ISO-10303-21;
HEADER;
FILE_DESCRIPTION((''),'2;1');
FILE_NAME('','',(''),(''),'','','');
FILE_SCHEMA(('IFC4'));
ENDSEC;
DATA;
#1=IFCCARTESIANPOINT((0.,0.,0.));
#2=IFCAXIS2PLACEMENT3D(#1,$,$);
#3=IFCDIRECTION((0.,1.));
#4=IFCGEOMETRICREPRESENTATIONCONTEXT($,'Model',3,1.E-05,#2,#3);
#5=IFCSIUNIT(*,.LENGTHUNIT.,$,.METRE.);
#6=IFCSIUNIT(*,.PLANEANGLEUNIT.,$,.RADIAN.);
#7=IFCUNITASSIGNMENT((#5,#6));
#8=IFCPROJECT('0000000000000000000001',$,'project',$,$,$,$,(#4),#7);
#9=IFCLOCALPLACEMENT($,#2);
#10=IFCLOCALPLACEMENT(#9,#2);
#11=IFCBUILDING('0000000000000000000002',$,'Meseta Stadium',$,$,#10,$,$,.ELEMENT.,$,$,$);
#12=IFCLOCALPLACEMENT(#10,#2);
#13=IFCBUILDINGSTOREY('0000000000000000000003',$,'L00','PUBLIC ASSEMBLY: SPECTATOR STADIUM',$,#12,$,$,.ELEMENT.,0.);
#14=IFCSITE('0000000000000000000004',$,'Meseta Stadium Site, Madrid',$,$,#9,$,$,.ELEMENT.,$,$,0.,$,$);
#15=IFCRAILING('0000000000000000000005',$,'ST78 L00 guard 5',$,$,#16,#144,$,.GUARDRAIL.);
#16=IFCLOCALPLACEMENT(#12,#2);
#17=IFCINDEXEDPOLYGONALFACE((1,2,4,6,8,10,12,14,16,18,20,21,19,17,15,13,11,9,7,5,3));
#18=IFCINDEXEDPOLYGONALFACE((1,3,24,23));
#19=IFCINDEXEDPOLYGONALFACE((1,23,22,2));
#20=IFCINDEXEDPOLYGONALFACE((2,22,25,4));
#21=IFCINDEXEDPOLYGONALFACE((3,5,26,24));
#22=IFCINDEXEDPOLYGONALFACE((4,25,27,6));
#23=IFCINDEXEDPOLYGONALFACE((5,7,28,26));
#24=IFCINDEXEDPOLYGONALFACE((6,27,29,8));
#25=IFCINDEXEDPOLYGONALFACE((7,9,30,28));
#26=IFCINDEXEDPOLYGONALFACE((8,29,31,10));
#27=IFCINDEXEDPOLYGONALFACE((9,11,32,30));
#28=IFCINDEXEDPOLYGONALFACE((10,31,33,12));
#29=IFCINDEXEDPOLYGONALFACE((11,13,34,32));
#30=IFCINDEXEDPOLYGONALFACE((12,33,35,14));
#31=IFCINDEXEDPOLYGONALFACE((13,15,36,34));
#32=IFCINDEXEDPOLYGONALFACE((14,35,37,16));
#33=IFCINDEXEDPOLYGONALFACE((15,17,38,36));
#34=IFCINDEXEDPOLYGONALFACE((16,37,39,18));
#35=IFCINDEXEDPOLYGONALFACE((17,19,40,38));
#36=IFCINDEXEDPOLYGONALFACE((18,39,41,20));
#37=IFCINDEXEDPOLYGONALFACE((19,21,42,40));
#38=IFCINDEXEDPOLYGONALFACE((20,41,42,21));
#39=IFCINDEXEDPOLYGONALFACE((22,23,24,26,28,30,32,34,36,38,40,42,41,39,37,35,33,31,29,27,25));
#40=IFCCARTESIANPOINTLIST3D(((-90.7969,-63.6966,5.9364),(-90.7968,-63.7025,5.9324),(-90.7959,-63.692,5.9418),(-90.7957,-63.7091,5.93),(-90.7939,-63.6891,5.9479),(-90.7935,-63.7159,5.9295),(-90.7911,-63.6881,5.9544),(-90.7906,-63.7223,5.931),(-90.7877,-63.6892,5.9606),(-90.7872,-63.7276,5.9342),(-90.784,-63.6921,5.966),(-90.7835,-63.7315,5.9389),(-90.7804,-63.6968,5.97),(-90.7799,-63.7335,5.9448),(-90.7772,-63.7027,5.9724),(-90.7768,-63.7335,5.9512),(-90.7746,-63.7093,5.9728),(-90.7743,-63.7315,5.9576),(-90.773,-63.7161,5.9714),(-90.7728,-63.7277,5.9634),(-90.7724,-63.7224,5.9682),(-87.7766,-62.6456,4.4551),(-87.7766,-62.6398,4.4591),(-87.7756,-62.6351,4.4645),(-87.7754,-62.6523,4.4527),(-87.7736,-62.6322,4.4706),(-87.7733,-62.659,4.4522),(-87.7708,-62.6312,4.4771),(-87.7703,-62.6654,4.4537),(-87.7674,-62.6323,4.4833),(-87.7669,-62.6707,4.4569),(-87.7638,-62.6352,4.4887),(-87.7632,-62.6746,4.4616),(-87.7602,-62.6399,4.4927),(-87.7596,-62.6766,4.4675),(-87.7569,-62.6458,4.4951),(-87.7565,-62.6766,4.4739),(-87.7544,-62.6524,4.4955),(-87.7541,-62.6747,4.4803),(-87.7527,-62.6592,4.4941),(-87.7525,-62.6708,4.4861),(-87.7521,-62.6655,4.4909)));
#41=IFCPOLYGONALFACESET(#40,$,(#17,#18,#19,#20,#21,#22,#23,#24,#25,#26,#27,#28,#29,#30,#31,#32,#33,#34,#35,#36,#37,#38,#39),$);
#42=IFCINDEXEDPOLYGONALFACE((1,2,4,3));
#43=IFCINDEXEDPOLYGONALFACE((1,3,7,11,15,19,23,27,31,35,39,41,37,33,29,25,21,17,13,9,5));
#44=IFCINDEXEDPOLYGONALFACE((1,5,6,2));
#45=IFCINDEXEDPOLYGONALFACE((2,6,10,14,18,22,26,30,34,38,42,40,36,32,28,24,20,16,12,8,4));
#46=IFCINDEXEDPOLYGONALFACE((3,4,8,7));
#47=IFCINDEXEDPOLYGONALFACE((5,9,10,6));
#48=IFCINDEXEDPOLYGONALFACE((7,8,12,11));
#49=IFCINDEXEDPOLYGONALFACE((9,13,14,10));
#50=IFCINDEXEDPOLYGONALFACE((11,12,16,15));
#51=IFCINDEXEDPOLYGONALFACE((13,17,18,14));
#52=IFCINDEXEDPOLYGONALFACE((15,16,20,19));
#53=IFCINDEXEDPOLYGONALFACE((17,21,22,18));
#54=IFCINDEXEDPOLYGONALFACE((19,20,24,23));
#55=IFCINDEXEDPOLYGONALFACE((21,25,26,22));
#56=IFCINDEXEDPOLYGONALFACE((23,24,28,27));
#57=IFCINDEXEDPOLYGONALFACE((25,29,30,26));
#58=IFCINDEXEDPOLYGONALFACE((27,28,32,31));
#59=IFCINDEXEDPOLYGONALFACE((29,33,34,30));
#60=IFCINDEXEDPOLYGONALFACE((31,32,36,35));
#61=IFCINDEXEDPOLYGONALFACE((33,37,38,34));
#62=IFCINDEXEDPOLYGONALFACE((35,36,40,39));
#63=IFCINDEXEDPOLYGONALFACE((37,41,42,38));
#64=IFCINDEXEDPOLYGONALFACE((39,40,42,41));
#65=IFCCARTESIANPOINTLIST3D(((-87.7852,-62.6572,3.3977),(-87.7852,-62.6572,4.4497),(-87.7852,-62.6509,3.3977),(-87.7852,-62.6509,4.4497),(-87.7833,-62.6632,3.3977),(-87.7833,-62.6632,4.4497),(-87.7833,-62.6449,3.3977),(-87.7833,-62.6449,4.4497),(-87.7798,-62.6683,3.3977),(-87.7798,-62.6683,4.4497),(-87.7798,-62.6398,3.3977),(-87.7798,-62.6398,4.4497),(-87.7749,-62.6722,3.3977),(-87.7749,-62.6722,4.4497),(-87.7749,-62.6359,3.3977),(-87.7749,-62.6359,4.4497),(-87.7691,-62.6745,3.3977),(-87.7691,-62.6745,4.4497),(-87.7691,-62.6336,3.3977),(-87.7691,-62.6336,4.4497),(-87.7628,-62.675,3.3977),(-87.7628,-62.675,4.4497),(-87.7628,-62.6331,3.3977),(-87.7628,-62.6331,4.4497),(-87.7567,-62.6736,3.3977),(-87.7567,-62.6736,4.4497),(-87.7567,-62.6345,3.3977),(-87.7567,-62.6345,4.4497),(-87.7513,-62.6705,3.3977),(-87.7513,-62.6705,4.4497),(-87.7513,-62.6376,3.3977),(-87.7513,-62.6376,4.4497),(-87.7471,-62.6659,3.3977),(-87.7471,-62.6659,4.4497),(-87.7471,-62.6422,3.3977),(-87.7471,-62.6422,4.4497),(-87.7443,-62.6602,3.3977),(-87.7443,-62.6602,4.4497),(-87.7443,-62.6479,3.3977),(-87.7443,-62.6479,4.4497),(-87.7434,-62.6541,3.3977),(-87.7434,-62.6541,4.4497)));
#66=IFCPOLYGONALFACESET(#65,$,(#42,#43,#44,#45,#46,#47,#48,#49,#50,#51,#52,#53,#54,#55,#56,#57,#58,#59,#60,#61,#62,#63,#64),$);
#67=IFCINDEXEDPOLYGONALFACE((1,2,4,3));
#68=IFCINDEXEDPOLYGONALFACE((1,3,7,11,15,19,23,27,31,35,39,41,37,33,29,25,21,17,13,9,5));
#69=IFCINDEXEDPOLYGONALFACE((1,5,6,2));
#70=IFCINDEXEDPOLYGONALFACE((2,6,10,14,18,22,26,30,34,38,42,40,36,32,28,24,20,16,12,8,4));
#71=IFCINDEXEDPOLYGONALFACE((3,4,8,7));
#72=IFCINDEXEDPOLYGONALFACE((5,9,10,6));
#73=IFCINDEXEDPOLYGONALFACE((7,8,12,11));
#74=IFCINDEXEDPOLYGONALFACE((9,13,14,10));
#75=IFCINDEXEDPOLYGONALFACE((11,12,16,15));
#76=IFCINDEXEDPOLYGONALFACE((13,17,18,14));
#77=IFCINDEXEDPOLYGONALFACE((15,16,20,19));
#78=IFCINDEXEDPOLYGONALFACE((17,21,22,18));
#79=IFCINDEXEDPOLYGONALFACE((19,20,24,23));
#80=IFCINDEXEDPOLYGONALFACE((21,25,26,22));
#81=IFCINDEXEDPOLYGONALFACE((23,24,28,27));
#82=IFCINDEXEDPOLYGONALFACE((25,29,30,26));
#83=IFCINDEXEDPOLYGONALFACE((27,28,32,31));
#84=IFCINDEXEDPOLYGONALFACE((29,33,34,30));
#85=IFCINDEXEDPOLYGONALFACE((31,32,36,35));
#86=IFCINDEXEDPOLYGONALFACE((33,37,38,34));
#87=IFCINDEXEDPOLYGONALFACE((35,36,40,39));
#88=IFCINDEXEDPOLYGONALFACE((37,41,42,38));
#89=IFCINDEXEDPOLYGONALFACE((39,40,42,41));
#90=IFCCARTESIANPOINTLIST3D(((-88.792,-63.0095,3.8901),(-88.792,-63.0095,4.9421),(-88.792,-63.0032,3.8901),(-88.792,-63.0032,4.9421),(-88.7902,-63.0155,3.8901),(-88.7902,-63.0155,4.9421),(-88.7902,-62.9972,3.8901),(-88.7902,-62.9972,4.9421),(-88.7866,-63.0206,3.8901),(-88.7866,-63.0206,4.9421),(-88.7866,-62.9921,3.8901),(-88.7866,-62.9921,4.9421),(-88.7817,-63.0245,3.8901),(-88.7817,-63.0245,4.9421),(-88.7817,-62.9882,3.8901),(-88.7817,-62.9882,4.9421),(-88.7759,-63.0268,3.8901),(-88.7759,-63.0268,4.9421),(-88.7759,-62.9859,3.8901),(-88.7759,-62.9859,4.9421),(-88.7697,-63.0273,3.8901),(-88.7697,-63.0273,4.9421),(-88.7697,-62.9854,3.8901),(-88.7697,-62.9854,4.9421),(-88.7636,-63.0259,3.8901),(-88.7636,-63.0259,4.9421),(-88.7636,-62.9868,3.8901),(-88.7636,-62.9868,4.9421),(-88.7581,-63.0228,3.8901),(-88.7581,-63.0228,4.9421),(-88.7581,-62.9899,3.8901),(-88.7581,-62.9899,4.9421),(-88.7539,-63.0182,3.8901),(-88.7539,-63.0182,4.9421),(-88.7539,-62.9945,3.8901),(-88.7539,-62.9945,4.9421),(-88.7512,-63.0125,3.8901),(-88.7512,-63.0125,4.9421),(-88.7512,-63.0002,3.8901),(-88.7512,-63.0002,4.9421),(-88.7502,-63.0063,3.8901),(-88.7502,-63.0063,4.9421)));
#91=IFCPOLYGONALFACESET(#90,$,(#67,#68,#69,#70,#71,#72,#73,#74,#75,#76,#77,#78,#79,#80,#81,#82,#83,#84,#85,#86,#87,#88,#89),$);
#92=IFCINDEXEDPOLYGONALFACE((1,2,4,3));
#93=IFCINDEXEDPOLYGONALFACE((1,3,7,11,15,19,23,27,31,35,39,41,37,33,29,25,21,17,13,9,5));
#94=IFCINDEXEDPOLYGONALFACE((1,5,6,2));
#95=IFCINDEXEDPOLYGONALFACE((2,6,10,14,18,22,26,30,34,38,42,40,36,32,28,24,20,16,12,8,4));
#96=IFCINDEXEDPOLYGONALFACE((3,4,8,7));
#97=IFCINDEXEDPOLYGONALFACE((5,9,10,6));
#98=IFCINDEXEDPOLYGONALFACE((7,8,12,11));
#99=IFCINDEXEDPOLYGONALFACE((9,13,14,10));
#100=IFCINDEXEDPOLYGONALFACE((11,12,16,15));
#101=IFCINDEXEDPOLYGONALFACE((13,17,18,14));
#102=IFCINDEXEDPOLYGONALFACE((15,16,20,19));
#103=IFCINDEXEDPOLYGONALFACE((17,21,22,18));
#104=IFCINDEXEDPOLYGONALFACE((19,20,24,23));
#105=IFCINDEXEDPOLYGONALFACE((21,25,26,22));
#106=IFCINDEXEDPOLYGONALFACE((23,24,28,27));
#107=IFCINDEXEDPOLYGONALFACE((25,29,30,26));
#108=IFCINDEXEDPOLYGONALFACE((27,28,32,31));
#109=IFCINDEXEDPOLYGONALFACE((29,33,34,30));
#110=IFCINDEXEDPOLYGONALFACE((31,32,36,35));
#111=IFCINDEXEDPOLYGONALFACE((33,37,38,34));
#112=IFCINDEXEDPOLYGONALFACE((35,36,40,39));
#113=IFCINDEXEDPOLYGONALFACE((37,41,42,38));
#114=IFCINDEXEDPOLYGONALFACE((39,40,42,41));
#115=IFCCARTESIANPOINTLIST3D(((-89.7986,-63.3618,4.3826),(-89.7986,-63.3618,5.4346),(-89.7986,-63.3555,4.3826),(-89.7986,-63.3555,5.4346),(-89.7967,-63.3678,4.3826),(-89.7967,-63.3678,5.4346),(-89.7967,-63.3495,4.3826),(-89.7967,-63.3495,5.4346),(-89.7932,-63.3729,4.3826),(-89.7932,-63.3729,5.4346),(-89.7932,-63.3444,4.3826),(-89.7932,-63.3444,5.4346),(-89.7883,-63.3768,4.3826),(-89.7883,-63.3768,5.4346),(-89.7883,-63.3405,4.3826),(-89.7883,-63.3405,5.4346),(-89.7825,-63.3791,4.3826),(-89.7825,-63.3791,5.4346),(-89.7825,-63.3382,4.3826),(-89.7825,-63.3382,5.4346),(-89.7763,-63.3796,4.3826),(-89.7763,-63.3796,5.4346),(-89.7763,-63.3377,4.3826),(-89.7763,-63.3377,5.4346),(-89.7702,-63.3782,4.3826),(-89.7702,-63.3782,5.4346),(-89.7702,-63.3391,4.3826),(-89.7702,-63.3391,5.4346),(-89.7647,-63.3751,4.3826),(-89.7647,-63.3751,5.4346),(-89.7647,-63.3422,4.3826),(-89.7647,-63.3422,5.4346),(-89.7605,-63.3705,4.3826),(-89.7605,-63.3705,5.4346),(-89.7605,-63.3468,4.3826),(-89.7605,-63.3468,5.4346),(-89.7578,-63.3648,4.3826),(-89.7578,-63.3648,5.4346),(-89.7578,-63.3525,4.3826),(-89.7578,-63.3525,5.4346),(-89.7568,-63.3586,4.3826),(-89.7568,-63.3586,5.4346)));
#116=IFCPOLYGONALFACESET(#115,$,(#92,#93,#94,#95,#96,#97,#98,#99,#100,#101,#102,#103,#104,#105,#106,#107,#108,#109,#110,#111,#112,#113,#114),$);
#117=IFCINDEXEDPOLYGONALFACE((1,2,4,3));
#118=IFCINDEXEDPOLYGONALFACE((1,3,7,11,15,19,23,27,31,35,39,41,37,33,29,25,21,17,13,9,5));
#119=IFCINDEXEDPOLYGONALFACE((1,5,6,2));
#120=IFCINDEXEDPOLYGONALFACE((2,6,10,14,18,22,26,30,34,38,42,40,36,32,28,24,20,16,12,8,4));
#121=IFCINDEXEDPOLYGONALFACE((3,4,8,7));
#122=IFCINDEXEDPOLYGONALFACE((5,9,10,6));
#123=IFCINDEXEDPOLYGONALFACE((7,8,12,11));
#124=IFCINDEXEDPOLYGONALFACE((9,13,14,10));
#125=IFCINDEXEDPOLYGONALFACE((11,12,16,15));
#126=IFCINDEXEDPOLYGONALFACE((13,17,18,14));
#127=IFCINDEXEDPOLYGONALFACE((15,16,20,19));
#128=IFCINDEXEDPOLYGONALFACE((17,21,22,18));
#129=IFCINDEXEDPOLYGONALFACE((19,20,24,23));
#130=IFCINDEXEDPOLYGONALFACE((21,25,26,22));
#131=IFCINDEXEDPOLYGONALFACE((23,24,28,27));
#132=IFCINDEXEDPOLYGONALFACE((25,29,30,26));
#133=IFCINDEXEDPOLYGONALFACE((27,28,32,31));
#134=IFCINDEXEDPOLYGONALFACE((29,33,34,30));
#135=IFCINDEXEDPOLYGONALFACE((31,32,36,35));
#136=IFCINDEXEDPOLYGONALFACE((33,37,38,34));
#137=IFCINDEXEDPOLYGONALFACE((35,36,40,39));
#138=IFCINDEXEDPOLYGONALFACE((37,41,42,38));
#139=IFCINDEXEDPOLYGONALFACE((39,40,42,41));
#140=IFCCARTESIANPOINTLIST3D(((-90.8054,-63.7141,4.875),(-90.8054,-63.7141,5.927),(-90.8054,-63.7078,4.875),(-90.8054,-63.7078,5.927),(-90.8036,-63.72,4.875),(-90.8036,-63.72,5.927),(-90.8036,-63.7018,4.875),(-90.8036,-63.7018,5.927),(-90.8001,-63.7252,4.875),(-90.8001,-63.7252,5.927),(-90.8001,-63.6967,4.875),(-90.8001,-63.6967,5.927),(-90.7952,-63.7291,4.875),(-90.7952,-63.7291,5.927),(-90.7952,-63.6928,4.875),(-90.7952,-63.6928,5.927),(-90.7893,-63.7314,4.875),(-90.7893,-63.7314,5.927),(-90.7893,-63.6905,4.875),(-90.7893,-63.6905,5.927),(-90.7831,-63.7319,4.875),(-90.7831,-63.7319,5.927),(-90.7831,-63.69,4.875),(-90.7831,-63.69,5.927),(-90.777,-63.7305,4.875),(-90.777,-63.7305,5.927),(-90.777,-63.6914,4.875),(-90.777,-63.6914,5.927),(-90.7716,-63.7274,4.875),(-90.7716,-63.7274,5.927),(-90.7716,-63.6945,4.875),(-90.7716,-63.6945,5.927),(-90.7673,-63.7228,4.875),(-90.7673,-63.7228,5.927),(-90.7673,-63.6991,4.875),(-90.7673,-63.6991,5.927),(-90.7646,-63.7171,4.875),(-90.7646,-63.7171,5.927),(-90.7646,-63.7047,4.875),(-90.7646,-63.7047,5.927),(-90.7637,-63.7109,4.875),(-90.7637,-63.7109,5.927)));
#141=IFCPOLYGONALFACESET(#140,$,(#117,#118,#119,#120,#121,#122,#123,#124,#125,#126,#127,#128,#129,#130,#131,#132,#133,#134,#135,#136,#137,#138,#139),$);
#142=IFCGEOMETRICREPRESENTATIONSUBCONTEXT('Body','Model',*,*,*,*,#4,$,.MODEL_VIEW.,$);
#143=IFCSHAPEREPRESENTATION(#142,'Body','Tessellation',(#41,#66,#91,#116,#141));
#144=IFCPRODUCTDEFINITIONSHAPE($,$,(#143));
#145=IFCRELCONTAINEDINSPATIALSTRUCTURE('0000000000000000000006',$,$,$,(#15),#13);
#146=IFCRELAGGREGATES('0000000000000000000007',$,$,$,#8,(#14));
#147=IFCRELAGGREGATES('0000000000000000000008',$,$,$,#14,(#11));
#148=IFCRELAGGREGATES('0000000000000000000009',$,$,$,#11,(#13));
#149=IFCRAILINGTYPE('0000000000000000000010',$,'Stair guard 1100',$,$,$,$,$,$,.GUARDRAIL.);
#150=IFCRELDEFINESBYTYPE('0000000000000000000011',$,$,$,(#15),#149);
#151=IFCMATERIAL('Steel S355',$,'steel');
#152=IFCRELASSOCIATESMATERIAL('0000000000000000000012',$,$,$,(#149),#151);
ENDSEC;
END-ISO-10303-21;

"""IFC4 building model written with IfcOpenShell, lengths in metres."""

from ifc_helpers import new_model, si_unit, direction, frame, origin, origin_2d, place, context, subcontext, project, spatial, circle, extrude, material, type_object, element, save


model = new_model("IFC4")

# Units and contexts
model_context = context("Model", 3, precision=1e-05, world=origin(), true_north=direction((0.0, 1.0)))
body_context = subcontext(model_context, "Body", "Model", "MODEL_VIEW")
ifc_project = project(units=[si_unit("LENGTHUNIT", "METRE"), si_unit("PLANEANGLEUNIT", "RADIAN")], contexts=[model_context])

# Site, building, storey
site_placement = place(None, origin())
site = spatial("IfcSite", under=ifc_project, at=site_placement, Name="Meseta Stadium Site, Madrid", CompositionType="ELEMENT", RefElevation=0.0)
building_placement = place(site_placement, origin())
building = spatial("IfcBuilding", under=site, at=building_placement, Name="Meseta Stadium", CompositionType="ELEMENT")
storey_placement = place(building_placement, origin())
storey = spatial("IfcBuildingStorey", under=building, at=storey_placement, Name="L00", Description="PUBLIC ASSEMBLY: SPECTATOR STADIUM", CompositionType="ELEMENT", Elevation=0.0)

# Railing
ifc_material_1 = material(Name="Steel S355", Category="steel")
railing_type_1 = type_object("IfcRailingType", Name="Stair guard 1100", PredefinedType="GUARDRAIL", material=ifc_material_1)
railing_1_placement = place(storey_placement, frame((-87.7644, -62.6541, 3.3977)))
element("IfcRailing", 1, at=railing_1_placement, inside=storey, type_object=railing_type_1, Name="ST78 L00 guard 5", PredefinedType="GUARDRAIL", context=body_context, shape_type="SweptSolid", body=[
    extrude(circle(Radius=0.0239, at=origin_2d()), frame((0.0, 0.0, 1.0762), z_axis=(-0.856958, -0.299876, 0.419162), x_axis=(0.330293, -0.943879, 0.0)), (0.0, 0.0, 1.0), 3.5244),
    extrude(circle(Radius=0.021, at=origin_2d()), origin(), (0.0, 0.0, 1.0), 1.052),
    extrude(circle(Radius=0.021, at=origin_2d()), frame((-1.0068, -0.3523, 0.4924)), (0.0, 0.0, 1.0), 1.052),
    extrude(circle(Radius=0.021, at=origin_2d()), frame((-2.0134, -0.7046, 0.9849)), (0.0, 0.0, 1.0), 1.052),
    extrude(circle(Radius=0.021, at=origin_2d()), frame((-3.0203, -1.0569, 1.4773)), (0.0, 0.0, 1.0), 1.052),
])

save(model, "model.ifc")
